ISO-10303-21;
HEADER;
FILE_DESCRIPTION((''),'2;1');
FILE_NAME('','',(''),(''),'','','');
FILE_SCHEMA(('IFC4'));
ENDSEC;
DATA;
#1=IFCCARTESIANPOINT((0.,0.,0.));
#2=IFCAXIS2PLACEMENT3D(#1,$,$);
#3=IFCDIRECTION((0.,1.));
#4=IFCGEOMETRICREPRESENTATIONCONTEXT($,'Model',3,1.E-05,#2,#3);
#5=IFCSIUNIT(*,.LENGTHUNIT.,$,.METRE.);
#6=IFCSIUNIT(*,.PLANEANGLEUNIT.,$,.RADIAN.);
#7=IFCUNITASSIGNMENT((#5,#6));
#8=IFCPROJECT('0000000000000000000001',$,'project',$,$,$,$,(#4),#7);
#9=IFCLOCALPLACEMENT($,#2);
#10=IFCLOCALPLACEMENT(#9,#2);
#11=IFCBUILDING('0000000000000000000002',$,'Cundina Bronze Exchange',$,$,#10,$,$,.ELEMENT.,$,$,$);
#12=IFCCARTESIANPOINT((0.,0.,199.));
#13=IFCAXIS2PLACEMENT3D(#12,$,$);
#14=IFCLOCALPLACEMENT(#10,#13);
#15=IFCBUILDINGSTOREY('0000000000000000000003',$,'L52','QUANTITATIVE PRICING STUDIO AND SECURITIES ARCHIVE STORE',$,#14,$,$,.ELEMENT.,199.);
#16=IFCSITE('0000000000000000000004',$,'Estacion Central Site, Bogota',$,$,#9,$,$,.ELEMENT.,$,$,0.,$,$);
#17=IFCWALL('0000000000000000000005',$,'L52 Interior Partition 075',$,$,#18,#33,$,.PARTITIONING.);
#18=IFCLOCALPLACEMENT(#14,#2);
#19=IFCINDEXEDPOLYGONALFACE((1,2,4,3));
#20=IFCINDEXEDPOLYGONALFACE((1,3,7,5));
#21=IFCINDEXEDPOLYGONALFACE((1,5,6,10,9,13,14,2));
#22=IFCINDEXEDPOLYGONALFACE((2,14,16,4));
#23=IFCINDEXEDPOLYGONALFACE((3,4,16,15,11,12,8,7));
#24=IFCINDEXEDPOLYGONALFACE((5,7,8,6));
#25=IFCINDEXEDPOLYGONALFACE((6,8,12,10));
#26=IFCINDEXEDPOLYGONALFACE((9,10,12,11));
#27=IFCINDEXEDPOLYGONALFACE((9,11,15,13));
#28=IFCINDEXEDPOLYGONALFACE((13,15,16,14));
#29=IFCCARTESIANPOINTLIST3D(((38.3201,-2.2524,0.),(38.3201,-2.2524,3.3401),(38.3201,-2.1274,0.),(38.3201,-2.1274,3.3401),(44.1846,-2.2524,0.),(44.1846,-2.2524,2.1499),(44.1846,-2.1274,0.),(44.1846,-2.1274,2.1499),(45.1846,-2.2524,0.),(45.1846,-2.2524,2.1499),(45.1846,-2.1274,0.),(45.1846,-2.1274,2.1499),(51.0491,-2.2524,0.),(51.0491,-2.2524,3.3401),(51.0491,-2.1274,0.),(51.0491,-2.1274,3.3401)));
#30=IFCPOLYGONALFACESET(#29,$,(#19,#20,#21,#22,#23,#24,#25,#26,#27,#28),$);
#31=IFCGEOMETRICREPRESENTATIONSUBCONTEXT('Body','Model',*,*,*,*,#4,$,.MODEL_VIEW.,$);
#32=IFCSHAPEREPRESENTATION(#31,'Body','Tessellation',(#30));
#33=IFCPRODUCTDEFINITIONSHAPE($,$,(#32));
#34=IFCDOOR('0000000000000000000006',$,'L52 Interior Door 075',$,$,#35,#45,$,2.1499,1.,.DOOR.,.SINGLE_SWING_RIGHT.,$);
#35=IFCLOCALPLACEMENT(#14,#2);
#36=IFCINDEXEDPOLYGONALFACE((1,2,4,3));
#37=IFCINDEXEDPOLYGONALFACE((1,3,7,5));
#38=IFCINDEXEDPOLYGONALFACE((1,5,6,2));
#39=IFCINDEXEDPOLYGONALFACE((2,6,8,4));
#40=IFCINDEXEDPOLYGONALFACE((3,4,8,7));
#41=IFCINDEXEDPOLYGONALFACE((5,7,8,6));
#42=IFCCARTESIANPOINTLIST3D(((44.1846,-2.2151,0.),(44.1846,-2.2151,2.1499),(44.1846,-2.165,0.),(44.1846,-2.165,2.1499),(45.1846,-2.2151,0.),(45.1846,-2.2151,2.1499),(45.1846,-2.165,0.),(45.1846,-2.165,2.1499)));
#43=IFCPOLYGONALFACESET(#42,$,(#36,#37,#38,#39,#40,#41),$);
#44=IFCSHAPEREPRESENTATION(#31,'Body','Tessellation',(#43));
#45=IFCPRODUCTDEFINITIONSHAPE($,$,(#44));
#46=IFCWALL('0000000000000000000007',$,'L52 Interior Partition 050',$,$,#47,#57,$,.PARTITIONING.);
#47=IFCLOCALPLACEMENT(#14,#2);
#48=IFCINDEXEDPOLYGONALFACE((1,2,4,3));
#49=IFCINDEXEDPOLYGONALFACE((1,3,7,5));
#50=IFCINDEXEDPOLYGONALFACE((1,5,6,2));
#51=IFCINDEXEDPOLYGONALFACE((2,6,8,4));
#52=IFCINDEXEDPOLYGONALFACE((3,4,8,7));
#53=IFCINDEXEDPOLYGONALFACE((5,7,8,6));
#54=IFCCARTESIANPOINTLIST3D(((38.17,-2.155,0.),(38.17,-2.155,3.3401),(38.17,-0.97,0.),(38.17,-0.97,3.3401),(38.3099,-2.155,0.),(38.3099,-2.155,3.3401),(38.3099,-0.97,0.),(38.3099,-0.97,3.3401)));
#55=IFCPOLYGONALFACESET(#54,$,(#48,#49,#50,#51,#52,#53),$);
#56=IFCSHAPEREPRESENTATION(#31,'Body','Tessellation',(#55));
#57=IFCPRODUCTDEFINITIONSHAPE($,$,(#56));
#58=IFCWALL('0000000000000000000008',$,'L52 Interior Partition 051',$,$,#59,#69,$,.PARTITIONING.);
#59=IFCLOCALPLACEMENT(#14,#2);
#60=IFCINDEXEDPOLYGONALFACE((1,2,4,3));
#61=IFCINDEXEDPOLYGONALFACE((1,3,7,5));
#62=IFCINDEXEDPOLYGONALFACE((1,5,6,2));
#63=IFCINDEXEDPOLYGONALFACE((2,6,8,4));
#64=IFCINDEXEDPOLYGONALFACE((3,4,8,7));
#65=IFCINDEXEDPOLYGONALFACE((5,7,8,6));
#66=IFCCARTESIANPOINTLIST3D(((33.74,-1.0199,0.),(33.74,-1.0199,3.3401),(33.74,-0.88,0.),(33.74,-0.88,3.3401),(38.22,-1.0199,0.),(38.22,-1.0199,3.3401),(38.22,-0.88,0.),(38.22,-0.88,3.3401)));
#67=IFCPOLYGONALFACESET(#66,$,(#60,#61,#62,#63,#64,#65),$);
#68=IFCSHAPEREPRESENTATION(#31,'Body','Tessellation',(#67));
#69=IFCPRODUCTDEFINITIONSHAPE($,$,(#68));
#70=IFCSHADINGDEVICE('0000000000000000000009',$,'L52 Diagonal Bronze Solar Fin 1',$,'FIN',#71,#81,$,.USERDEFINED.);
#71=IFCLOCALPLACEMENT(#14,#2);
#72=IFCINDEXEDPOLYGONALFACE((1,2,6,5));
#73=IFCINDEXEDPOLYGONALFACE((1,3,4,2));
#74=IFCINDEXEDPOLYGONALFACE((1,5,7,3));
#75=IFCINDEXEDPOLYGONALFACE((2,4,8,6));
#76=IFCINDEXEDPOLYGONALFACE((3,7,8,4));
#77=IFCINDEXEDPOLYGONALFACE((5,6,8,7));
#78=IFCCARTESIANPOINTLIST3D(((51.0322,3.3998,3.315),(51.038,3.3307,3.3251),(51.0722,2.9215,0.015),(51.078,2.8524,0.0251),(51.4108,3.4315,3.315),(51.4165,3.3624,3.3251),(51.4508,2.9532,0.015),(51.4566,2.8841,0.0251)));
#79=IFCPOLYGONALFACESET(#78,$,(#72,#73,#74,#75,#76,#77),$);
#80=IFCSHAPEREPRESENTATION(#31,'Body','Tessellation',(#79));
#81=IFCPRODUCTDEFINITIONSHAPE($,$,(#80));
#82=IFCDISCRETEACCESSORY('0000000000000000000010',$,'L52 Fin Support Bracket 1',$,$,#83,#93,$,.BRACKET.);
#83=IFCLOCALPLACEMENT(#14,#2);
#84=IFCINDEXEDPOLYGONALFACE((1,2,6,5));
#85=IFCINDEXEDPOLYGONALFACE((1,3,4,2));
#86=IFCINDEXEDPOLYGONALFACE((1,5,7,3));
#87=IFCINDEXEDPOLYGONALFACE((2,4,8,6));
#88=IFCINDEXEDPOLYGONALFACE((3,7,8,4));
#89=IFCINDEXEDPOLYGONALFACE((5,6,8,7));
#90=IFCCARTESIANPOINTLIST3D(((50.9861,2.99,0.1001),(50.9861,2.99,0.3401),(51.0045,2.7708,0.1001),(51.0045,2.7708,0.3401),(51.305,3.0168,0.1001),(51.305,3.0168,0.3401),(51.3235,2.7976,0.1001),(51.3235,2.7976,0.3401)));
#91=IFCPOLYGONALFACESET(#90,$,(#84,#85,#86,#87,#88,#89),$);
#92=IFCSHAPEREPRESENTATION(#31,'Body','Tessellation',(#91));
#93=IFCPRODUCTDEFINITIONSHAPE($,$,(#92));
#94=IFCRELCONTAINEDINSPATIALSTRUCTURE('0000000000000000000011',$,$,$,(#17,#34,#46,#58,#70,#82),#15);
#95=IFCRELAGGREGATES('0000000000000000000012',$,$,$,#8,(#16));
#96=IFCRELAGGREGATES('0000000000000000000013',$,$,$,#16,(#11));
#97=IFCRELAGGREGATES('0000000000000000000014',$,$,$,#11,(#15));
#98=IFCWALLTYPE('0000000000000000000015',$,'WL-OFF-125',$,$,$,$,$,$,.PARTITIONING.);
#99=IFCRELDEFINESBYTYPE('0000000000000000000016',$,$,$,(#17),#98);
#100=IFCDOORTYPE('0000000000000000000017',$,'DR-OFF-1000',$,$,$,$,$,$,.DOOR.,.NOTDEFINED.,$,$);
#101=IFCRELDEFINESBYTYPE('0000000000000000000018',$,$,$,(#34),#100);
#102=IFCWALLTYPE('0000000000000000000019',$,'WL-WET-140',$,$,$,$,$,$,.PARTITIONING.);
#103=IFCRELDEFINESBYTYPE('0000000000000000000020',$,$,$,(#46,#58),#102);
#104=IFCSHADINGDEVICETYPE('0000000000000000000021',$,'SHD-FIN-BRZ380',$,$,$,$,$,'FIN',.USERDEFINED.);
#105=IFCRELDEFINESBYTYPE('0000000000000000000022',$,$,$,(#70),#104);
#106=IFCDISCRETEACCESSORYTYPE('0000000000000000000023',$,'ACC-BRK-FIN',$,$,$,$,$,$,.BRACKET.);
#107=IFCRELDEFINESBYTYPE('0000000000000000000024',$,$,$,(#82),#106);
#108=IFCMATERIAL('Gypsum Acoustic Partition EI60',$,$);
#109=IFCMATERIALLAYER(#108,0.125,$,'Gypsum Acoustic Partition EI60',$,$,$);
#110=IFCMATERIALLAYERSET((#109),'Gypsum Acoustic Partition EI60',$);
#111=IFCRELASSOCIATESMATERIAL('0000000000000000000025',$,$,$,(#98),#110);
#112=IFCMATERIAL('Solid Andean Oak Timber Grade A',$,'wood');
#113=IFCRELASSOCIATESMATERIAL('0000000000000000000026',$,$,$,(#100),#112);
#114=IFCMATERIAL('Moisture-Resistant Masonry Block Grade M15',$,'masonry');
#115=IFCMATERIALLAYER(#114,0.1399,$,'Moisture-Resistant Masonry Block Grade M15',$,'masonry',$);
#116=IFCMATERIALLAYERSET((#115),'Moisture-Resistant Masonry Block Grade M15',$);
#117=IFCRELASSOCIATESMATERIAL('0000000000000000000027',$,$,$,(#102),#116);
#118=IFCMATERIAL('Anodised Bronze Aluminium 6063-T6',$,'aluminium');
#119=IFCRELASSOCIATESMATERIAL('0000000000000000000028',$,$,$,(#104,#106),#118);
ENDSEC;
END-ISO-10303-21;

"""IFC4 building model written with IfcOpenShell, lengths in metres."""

from ifc_helpers import new_model, si_unit, direction, frame, frame_2d, origin, origin_2d, place, context, subcontext, project, spatial, rectangle, extrude, material, layer, layer_set, material_profile, profile_set, type_object, element, fill, save


model = new_model("IFC4")

# Units and contexts
model_context = context("Model", 3, precision=1e-05, world=origin(), true_north=direction((0.0, 1.0)))
body_context = subcontext(model_context, "Body", "Model", "MODEL_VIEW")
ifc_project = project(units=[si_unit("LENGTHUNIT", "METRE"), si_unit("PLANEANGLEUNIT", "RADIAN")], contexts=[model_context])

# Site, building, storey
site_placement = place(None, origin())
site = spatial("IfcSite", under=ifc_project, at=site_placement, Name="Estacion Central Site, Bogota", CompositionType="ELEMENT", RefElevation=0.0)
building_placement = place(site_placement, origin())
building = spatial("IfcBuilding", under=site, at=building_placement, Name="Cundina Bronze Exchange", CompositionType="ELEMENT")
storey_placement = place(building_placement, frame((0.0, 0.0, 199.0)))
storey = spatial("IfcBuildingStorey", under=building, at=storey_placement, Name="L52", Description="QUANTITATIVE PRICING STUDIO AND SECURITIES ARCHIVE STORE", CompositionType="ELEMENT", Elevation=199.0)

# Shared definitions
ifc_material_1 = material(Name="Anodised Bronze Aluminium 6063-T6", Category="aluminium")

# Wall, opening, door
ifc_material_2 = material(Name="Gypsum Acoustic Partition EI60")
ifc_layer_1 = layer(ifc_material_2, 0.125, Name="Gypsum Acoustic Partition EI60")
ifc_layer_set_1 = layer_set([ifc_layer_1], Name="Gypsum Acoustic Partition EI60")
wall_type_1 = type_object("IfcWallType", Name="WL-OFF-125", PredefinedType="PARTITIONING", material=ifc_layer_set_1)
wall_1_placement = place(storey_placement, frame((38.3201, -2.1899, 0.0), z_axis=(0.0, 0.0, 1.0), x_axis=(1.0, 0.0, 0.0)))
wall_1 = element("IfcWall", 1, at=wall_1_placement, inside=storey, type_object=wall_type_1, Name="L52 Interior Partition 075", PredefinedType="PARTITIONING", context=body_context, shape_type="SweptSolid", body=[
    extrude(rectangle(XDim=12.729, YDim=0.125, at=frame_2d((6.3645, 0.0))), origin(), (0.0, 0.0, 1.0), 3.3401),
])
opening_placement = place(wall_1_placement, frame((5.8645, 0.0, 0.0)))
opening = element("IfcOpeningElement", 2, at=opening_placement, cuts=wall_1, PredefinedType="OPENING", context=body_context, shape_type="SweptSolid", body=[
    extrude(rectangle(XDim=1.0, YDim=2.1499, at=frame_2d((0.5, 1.075))), frame((0.0, 0.0725, 0.0), z_axis=(0.0, -1.0, 0.0), x_axis=(1.0, 0.0, 0.0)), (0.0, 0.0, 1.0), 0.145),
])
ifc_material_3 = material(Name="Solid Andean Oak Timber Grade A", Category="wood")
door_type = type_object("IfcDoorType", Name="DR-OFF-1000", OperationType="NOTDEFINED", PredefinedType="DOOR", material=ifc_material_3)
door_placement = place(opening_placement, origin())
door = element("IfcDoor", 3, at=door_placement, inside=storey, type_object=door_type, Name="L52 Interior Door 075", OperationType="SINGLE_SWING_RIGHT", OverallHeight=2.1499, OverallWidth=1.0, PredefinedType="DOOR", context=body_context, shape_type="SweptSolid", body=[
    extrude(rectangle(XDim=1.0, YDim=2.1499, at=frame_2d((0.5, 1.075))), frame((0.0, 0.0249, 0.0), z_axis=(0.0, -1.0, 0.0), x_axis=(1.0, 0.0, 0.0)), (0.0, 0.0, 1.0), 0.05),
])
fill(opening, door)

# Walls
ifc_material_4 = material(Name="Moisture-Resistant Masonry Block Grade M15", Category="masonry")
ifc_layer_2 = layer(ifc_material_4, 0.1399, Name="Moisture-Resistant Masonry Block Grade M15", Category="masonry")
ifc_layer_set_2 = layer_set([ifc_layer_2], Name="Moisture-Resistant Masonry Block Grade M15")
wall_type_2 = type_object("IfcWallType", Name="WL-WET-140", PredefinedType="PARTITIONING", material=ifc_layer_set_2)
wall_2_placement = place(storey_placement, frame((38.24, -2.155, 0.0), z_axis=(0.0, 0.0, 1.0), x_axis=(0.0, 1.0, 0.0)))
element("IfcWall", 4, at=wall_2_placement, inside=storey, type_object=wall_type_2, Name="L52 Interior Partition 050", PredefinedType="PARTITIONING", context=body_context, shape_type="SweptSolid", body=[
    extrude(rectangle(XDim=1.1851, YDim=0.1399, at=frame_2d((0.5925, 0.0))), origin(), (0.0, 0.0, 1.0), 3.3401),
])
wall_3_placement = place(storey_placement, frame((33.74, -0.95, 0.0), z_axis=(0.0, 0.0, 1.0), x_axis=(1.0, 0.0, 0.0)))
element("IfcWall", 5, at=wall_3_placement, inside=storey, type_object=wall_type_2, Name="L52 Interior Partition 051", PredefinedType="PARTITIONING", context=body_context, shape_type="SweptSolid", body=[
    extrude(rectangle(XDim=4.48, YDim=0.1399, at=frame_2d((2.24, 0.0))), origin(), (0.0, 0.0, 1.0), 3.3401),
])

# Shading device
ifc_material_profile_1 = material_profile(ifc_material_1, rectangle(XDim=0.0701, YDim=0.3799, at=origin_2d()), Name="FIN70X380", Category="aluminium")
ifc_profile_set_1 = profile_set([ifc_material_profile_1], Name="Anodised Bronze Aluminium 6063-T6")
shading_device_type = type_object("IfcShadingDeviceType", Name="SHD-FIN-BRZ380", ElementType="FIN", PredefinedType="USERDEFINED", material=ifc_profile_set_1)
shading_device_placement = place(storey_placement, frame((51.2644, 2.9028, 0.02), z_axis=(-0.012007, 0.14342, 0.989589), x_axis=(0.082556, -0.98614, 0.143921)))
element("IfcShadingDevice", 6, at=shading_device_placement, inside=storey, type_object=shading_device_type, Name="L52 Diagonal Bronze Solar Fin 1", ObjectType="FIN", PredefinedType="USERDEFINED", context=body_context, shape_type="SweptSolid", body=[
    extrude(rectangle(XDim=0.0701, YDim=0.3799, at=origin_2d()), origin(), (0.0, 0.0, 1.0), 3.3347),
])

# Discrete accessory
discrete_accessory_type = type_object("IfcDiscreteAccessoryType", Name="ACC-BRK-FIN", PredefinedType="BRACKET", material=ifc_material_1)
discrete_accessory_placement = place(storey_placement, frame((51.1548, 2.8938, 0.1001), z_axis=(0.0, 0.0, 1.0), x_axis=(-0.083747, 0.996487, 0.0)))
element("IfcDiscreteAccessory", 7, at=discrete_accessory_placement, inside=storey, type_object=discrete_accessory_type, Name="L52 Fin Support Bracket 1", PredefinedType="BRACKET", context=body_context, shape_type="SweptSolid", body=[
    extrude(rectangle(XDim=0.22, YDim=0.3201, at=origin_2d()), origin(), (0.0, 0.0, 1.0), 0.24),
])

save(model, "model.ifc")
